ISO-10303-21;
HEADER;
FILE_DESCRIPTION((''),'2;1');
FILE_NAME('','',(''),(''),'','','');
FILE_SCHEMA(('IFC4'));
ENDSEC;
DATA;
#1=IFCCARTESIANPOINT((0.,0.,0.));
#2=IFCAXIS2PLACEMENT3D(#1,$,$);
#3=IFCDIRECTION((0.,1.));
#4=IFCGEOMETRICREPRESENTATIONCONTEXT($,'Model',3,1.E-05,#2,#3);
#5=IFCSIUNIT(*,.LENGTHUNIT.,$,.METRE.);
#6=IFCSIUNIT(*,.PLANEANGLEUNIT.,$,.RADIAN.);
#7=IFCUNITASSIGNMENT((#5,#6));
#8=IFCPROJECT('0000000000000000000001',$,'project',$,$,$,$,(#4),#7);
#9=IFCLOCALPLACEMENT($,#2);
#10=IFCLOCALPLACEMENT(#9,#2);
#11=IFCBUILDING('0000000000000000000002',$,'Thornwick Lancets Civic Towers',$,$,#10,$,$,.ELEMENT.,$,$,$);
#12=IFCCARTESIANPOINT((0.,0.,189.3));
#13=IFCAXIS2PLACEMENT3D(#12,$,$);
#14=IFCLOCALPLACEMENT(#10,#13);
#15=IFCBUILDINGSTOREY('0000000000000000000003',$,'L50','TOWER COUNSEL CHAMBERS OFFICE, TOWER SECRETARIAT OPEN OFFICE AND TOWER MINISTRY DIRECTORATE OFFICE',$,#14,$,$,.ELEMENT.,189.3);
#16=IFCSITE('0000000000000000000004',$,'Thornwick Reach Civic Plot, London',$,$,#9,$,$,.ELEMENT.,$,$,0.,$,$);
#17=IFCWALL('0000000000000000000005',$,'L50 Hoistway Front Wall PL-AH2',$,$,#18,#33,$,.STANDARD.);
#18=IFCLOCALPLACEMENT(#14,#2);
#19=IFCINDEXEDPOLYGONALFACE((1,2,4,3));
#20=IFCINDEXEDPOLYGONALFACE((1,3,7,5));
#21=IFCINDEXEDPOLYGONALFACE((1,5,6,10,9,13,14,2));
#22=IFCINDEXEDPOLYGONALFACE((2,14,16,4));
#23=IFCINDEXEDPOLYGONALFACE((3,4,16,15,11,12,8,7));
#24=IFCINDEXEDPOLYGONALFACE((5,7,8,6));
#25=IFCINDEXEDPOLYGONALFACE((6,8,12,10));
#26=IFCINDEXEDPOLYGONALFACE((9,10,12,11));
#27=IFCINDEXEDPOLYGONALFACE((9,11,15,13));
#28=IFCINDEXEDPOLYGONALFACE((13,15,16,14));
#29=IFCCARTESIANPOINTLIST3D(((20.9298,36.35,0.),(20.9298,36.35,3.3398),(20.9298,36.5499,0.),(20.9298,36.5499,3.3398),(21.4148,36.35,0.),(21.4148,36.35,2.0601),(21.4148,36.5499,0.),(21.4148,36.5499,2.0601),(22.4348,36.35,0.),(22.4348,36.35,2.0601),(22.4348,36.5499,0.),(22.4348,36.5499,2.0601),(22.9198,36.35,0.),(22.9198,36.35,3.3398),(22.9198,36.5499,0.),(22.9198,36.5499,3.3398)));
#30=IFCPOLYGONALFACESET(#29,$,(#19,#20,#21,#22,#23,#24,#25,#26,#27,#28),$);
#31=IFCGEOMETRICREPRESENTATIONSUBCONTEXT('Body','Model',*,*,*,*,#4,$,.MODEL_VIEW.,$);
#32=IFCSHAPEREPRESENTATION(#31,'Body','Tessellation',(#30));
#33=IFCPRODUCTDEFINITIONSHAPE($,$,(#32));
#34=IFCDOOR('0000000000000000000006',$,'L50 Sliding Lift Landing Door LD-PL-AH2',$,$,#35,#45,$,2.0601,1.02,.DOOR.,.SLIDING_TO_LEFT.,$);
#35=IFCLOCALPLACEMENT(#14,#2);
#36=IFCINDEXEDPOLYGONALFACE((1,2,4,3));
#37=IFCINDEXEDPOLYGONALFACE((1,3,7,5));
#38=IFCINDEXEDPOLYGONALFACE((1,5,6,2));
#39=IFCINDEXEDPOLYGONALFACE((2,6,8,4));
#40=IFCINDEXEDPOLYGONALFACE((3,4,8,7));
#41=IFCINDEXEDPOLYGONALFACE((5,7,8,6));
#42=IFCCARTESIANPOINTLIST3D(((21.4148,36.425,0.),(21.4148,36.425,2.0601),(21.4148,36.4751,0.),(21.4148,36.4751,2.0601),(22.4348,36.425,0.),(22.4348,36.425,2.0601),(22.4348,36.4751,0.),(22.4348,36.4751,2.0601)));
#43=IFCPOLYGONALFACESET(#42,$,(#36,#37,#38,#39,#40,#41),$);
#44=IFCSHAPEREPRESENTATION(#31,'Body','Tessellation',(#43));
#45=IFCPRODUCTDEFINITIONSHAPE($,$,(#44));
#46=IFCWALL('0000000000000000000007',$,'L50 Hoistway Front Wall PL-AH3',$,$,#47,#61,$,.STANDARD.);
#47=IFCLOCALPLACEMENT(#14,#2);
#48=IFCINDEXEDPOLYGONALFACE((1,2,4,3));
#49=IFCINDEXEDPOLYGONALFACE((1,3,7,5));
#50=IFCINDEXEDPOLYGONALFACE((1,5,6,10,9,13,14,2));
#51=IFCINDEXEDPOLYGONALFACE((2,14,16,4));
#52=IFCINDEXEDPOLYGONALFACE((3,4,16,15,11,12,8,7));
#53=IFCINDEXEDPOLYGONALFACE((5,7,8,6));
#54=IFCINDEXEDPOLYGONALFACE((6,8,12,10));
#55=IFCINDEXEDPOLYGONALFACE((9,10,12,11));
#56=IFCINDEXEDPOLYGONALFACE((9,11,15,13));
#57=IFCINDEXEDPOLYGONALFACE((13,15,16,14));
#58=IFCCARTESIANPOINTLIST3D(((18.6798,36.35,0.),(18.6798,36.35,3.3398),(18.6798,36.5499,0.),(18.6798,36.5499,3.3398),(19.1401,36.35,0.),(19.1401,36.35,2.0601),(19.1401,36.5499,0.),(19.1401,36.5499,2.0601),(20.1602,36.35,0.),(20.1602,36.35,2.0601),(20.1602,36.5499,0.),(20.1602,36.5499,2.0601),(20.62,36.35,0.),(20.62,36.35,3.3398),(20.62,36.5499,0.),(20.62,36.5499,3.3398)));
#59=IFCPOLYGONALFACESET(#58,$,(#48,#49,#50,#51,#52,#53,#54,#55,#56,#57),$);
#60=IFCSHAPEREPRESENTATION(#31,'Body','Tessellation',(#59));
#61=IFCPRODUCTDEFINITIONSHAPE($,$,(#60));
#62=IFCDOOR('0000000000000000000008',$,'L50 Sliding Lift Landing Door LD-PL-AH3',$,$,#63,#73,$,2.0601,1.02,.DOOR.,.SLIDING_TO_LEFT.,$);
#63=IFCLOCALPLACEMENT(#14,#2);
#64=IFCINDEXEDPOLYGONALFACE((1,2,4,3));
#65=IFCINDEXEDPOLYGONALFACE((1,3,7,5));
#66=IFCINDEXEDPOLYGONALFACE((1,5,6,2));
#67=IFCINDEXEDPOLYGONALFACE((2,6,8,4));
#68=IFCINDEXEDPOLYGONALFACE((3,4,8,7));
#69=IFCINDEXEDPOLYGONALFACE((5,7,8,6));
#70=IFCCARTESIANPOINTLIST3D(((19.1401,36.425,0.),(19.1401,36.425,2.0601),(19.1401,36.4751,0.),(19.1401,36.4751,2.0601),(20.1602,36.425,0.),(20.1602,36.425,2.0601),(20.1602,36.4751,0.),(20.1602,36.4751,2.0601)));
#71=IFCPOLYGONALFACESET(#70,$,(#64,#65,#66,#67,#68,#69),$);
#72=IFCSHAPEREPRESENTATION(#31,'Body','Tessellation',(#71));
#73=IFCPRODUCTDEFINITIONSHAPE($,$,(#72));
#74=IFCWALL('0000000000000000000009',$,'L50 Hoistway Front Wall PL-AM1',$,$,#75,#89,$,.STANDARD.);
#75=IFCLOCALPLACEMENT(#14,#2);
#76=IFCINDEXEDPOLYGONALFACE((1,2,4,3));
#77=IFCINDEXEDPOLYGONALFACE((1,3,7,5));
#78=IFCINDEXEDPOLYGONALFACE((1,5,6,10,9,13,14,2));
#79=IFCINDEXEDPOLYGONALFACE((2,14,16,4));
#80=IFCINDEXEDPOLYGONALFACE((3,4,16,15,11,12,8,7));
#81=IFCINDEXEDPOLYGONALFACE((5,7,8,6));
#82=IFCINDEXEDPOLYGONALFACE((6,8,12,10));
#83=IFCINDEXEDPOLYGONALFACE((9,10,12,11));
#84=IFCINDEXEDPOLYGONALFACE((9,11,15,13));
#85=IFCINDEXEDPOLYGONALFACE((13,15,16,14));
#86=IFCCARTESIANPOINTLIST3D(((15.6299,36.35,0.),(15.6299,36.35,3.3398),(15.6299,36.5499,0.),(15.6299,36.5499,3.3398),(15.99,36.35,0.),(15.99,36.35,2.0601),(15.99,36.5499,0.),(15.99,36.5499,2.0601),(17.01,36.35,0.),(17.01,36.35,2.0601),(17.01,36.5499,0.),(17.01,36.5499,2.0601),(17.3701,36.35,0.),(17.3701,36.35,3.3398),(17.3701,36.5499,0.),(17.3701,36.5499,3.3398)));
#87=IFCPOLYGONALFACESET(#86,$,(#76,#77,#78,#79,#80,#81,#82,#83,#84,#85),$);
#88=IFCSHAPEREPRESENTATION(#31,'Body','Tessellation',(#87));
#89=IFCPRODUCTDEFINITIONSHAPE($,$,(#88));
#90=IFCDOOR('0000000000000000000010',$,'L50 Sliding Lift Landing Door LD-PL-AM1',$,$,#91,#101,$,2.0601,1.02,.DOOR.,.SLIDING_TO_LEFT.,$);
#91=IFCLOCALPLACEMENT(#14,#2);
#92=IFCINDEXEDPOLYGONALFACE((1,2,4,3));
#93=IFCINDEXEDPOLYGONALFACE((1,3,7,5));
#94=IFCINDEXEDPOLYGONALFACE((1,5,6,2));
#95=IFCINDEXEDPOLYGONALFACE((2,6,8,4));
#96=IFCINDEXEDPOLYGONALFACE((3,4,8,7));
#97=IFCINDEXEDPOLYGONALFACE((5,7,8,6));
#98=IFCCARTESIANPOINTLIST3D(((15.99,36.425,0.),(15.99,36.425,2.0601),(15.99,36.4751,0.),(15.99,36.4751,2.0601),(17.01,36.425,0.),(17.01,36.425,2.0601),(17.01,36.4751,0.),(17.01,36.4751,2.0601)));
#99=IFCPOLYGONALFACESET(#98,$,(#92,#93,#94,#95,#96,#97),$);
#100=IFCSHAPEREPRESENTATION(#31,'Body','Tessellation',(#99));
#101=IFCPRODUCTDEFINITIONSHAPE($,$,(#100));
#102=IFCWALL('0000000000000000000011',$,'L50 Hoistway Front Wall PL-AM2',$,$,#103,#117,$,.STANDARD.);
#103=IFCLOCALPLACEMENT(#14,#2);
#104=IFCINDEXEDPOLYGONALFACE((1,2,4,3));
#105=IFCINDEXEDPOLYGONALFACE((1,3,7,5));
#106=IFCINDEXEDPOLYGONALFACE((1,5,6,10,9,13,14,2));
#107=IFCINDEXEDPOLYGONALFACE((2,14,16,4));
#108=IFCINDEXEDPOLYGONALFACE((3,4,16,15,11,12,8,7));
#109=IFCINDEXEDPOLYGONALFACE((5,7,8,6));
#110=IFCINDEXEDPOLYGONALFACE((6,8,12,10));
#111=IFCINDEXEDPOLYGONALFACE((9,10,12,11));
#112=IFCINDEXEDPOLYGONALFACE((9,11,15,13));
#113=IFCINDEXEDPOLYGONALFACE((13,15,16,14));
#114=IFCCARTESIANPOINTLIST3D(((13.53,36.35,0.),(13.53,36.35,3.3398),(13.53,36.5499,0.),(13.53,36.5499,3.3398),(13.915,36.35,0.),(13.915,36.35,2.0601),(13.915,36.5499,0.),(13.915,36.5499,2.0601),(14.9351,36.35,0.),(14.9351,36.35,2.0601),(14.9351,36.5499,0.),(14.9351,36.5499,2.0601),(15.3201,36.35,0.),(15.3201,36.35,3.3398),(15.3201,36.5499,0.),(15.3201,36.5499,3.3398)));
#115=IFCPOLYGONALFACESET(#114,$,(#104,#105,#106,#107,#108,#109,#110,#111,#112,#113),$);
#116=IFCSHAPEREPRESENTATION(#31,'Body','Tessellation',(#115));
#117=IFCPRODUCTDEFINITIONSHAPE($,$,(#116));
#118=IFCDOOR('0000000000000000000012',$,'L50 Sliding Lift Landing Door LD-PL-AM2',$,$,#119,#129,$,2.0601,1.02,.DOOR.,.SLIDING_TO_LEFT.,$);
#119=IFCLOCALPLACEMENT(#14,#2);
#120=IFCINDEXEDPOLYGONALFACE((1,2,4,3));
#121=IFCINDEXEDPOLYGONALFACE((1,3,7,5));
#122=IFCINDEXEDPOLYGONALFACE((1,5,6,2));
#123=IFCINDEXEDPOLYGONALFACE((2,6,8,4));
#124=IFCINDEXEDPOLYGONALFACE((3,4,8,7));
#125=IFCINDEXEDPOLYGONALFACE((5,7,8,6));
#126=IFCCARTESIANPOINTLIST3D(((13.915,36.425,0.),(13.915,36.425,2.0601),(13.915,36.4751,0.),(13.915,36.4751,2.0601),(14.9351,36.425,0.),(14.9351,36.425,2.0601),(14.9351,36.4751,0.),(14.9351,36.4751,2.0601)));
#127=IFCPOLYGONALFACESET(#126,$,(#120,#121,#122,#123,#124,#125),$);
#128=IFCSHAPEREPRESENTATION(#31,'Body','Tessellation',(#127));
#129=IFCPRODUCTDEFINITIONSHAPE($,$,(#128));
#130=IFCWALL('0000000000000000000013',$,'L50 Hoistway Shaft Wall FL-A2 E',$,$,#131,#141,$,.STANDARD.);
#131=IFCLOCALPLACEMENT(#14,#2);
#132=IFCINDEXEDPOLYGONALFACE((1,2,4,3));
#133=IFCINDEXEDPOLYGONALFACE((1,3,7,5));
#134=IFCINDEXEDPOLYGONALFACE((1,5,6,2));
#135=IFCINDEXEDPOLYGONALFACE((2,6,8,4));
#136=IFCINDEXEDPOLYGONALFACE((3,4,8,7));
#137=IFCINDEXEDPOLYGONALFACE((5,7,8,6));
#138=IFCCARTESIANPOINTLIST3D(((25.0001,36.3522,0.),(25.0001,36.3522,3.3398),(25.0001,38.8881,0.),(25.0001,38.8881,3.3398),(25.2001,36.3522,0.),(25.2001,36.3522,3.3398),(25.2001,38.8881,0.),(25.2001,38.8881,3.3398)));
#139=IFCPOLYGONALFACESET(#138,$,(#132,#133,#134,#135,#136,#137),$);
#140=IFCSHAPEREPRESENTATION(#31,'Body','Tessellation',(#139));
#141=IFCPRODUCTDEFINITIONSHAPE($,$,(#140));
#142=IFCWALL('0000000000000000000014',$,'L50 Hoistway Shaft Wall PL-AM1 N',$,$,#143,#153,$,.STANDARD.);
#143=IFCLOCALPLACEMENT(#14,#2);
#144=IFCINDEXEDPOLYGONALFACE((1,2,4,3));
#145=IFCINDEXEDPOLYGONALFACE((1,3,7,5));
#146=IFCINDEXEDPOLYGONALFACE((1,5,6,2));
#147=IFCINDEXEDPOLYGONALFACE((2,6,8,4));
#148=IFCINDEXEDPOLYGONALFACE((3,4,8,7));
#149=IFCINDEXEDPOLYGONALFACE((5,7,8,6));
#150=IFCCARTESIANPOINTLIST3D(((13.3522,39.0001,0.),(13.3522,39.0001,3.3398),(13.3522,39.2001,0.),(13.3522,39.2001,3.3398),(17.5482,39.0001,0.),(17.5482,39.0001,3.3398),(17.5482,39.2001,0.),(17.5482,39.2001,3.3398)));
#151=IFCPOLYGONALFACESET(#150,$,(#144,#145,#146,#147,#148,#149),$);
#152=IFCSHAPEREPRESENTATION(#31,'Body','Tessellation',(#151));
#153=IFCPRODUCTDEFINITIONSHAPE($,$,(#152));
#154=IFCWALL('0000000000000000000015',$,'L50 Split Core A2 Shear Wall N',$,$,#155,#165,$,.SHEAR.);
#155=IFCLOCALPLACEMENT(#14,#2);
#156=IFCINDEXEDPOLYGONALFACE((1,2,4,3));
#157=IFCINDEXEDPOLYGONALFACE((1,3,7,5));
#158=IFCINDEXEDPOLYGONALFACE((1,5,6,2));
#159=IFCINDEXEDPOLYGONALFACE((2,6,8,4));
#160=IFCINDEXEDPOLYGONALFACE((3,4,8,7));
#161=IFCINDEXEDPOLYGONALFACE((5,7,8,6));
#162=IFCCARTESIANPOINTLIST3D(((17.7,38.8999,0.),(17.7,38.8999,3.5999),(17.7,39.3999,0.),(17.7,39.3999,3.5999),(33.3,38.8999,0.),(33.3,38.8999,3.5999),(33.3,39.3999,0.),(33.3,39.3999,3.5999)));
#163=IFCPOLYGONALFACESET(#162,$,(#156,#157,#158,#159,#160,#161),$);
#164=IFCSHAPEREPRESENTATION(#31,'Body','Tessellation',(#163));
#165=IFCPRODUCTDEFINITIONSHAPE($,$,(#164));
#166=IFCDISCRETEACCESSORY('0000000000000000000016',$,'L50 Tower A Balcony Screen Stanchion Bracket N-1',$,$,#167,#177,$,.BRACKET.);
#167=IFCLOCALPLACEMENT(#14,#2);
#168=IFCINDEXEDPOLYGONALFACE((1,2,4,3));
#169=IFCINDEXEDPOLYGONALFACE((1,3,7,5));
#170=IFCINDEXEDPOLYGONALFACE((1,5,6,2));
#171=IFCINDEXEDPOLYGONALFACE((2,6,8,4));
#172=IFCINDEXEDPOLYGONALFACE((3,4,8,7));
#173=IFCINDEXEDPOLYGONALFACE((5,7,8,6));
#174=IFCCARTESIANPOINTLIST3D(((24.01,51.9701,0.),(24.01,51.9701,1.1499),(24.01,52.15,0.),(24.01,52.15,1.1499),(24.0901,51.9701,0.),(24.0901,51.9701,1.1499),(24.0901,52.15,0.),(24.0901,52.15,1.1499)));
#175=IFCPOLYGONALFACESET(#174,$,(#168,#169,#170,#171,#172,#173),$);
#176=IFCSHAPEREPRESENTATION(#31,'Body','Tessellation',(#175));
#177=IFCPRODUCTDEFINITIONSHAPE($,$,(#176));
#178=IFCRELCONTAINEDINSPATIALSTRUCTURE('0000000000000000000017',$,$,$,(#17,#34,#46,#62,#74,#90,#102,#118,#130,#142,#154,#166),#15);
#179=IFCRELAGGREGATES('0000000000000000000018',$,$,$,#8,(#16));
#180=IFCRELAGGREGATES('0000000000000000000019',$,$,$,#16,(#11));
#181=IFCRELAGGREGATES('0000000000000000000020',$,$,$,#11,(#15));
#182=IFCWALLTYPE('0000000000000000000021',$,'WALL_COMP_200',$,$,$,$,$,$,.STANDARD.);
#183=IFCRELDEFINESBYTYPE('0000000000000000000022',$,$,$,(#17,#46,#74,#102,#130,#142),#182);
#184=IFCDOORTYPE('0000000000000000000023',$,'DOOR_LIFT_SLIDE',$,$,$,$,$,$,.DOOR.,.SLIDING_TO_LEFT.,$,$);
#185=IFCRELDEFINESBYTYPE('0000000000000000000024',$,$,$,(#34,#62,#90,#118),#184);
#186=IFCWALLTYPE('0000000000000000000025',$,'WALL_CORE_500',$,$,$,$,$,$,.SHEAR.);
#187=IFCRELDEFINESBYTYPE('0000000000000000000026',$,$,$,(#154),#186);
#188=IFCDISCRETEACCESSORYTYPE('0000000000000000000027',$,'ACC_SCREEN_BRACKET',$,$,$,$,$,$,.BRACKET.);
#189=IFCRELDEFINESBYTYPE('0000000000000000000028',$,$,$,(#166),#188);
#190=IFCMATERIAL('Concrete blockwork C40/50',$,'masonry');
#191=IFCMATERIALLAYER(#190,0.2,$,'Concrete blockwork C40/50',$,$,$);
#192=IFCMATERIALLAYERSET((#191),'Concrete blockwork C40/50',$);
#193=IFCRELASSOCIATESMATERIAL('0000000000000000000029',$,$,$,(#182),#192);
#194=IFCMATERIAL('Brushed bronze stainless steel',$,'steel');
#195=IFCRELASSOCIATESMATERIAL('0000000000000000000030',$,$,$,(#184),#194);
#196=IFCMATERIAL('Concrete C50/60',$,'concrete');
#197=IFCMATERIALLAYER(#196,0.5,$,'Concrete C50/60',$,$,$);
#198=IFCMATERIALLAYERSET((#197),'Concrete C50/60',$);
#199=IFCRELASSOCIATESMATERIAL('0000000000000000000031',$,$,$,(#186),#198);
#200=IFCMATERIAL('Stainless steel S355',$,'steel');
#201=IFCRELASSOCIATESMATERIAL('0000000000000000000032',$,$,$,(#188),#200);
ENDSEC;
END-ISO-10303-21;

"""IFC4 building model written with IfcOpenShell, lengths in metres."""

from ifc_helpers import new_model, si_unit, direction, frame, frame_2d, origin, origin_2d, place, context, subcontext, project, spatial, rectangle, extrude, material, layer, layer_set, type_object, element, fill, save


model = new_model("IFC4")

# Units and contexts
model_context = context("Model", 3, precision=1e-05, world=origin(), true_north=direction((0.0, 1.0)))
body_context = subcontext(model_context, "Body", "Model", "MODEL_VIEW")
ifc_project = project(units=[si_unit("LENGTHUNIT", "METRE"), si_unit("PLANEANGLEUNIT", "RADIAN")], contexts=[model_context])

# Site, building, storey
site_placement = place(None, origin())
site = spatial("IfcSite", under=ifc_project, at=site_placement, Name="Thornwick Reach Civic Plot, London", CompositionType="ELEMENT", RefElevation=0.0)
building_placement = place(site_placement, origin())
building = spatial("IfcBuilding", under=site, at=building_placement, Name="Thornwick Lancets Civic Towers", CompositionType="ELEMENT")
storey_placement = place(building_placement, frame((0.0, 0.0, 189.3)))
storey = spatial("IfcBuildingStorey", under=building, at=storey_placement, Name="L50", Description="TOWER COUNSEL CHAMBERS OFFICE, TOWER SECRETARIAT OPEN OFFICE AND TOWER MINISTRY DIRECTORATE OFFICE", CompositionType="ELEMENT", Elevation=189.3)

# Shared definitions
ifc_material_1 = material(Name="Concrete C50/60", Category="concrete")

# Walls, openings, doors
ifc_material_2 = material(Name="Concrete blockwork C40/50", Category="masonry")
ifc_layer_1 = layer(ifc_material_2, 0.2, Name="Concrete blockwork C40/50")
ifc_layer_set_1 = layer_set([ifc_layer_1], Name="Concrete blockwork C40/50")
wall_type_1 = type_object("IfcWallType", Name="WALL_COMP_200", PredefinedType="STANDARD", material=ifc_layer_set_1)
ifc_material_3 = material(Name="Brushed bronze stainless steel", Category="steel")
door_type = type_object("IfcDoorType", Name="DOOR_LIFT_SLIDE", OperationType="SLIDING_TO_LEFT", PredefinedType="DOOR", material=ifc_material_3)
wall_1_placement = place(storey_placement, frame((22.9199, 36.45, 0.0), z_axis=(0.0, 0.0, 1.0), x_axis=(-1.0, 0.0, 0.0)))
wall_1 = element("IfcWall", 1, at=wall_1_placement, inside=storey, type_object=wall_type_1, Name="L50 Hoistway Front Wall PL-AH2", PredefinedType="STANDARD", context=body_context, shape_type="SweptSolid", body=[
    extrude(rectangle(XDim=1.99, YDim=0.2, at=frame_2d((0.9951, 0.0))), origin(), (0.0, 0.0, 1.0), 3.3398),
])
opening_1_placement = place(wall_1_placement, frame((0.4851, 0.0, 0.0)))
opening_1 = element("IfcOpeningElement", 2, at=opening_1_placement, cuts=wall_1, PredefinedType="OPENING", context=body_context, shape_type="SweptSolid", body=[
    extrude(rectangle(XDim=1.02, YDim=2.0601, at=frame_2d((0.51, 1.03))), frame((0.0, 0.1099, 0.0), z_axis=(0.0, -1.0, 0.0), x_axis=(1.0, 0.0, 0.0)), (0.0, 0.0, 1.0), 0.22),
])
door_1_placement = place(opening_1_placement, origin())
door_1 = element("IfcDoor", 3, at=door_1_placement, inside=storey, type_object=door_type, Name="L50 Sliding Lift Landing Door LD-PL-AH2", OperationType="SLIDING_TO_LEFT", OverallHeight=2.0601, OverallWidth=1.02, PredefinedType="DOOR", context=body_context, shape_type="SweptSolid", body=[
    extrude(rectangle(XDim=1.02, YDim=2.0601, at=frame_2d((0.51, 1.03))), frame((0.0, 0.0249, 0.0), z_axis=(0.0, -1.0, 0.0), x_axis=(1.0, 0.0, 0.0)), (0.0, 0.0, 1.0), 0.05),
])
fill(opening_1, door_1)
wall_2_placement = place(storey_placement, frame((20.6201, 36.45, 0.0), z_axis=(0.0, 0.0, 1.0), x_axis=(-1.0, 0.0, 0.0)))
wall_2 = element("IfcWall", 4, at=wall_2_placement, inside=storey, type_object=wall_type_1, Name="L50 Hoistway Front Wall PL-AH3", PredefinedType="STANDARD", context=body_context, shape_type="SweptSolid", body=[
    extrude(rectangle(XDim=1.9402, YDim=0.2, at=frame_2d((0.9702, 0.0))), origin(), (0.0, 0.0, 1.0), 3.3398),
])
opening_2_placement = place(wall_2_placement, frame((0.46, 0.0, 0.0)))
opening_2 = element("IfcOpeningElement", 5, at=opening_2_placement, cuts=wall_2, PredefinedType="OPENING", context=body_context, shape_type="SweptSolid", body=[
    extrude(rectangle(XDim=1.02, YDim=2.0601, at=frame_2d((0.51, 1.03))), frame((0.0, 0.1099, 0.0), z_axis=(0.0, -1.0, 0.0), x_axis=(1.0, 0.0, 0.0)), (0.0, 0.0, 1.0), 0.22),
])
door_2_placement = place(opening_2_placement, origin())
door_2 = element("IfcDoor", 6, at=door_2_placement, inside=storey, type_object=door_type, Name="L50 Sliding Lift Landing Door LD-PL-AH3", OperationType="SLIDING_TO_LEFT", OverallHeight=2.0601, OverallWidth=1.02, PredefinedType="DOOR", context=body_context, shape_type="SweptSolid", body=[
    extrude(rectangle(XDim=1.02, YDim=2.0601, at=frame_2d((0.51, 1.03))), frame((0.0, 0.0249, 0.0), z_axis=(0.0, -1.0, 0.0), x_axis=(1.0, 0.0, 0.0)), (0.0, 0.0, 1.0), 0.05),
])
fill(opening_2, door_2)
wall_3_placement = place(storey_placement, frame((17.3701, 36.45, 0.0), z_axis=(0.0, 0.0, 1.0), x_axis=(-1.0, 0.0, 0.0)))
wall_3 = element("IfcWall", 7, at=wall_3_placement, inside=storey, type_object=wall_type_1, Name="L50 Hoistway Front Wall PL-AM1", PredefinedType="STANDARD", context=body_context, shape_type="SweptSolid", body=[
    extrude(rectangle(XDim=1.7402, YDim=0.2, at=frame_2d((0.8701, 0.0))), origin(), (0.0, 0.0, 1.0), 3.3398),
])
opening_3_placement = place(wall_3_placement, frame((0.3601, 0.0, 0.0)))
opening_3 = element("IfcOpeningElement", 8, at=opening_3_placement, cuts=wall_3, PredefinedType="OPENING", context=body_context, shape_type="SweptSolid", body=[
    extrude(rectangle(XDim=1.02, YDim=2.0601, at=frame_2d((0.51, 1.03))), frame((0.0, 0.1099, 0.0), z_axis=(0.0, -1.0, 0.0), x_axis=(1.0, 0.0, 0.0)), (0.0, 0.0, 1.0), 0.22),
])
door_3_placement = place(opening_3_placement, origin())
door_3 = element("IfcDoor", 9, at=door_3_placement, inside=storey, type_object=door_type, Name="L50 Sliding Lift Landing Door LD-PL-AM1", OperationType="SLIDING_TO_LEFT", OverallHeight=2.0601, OverallWidth=1.02, PredefinedType="DOOR", context=body_context, shape_type="SweptSolid", body=[
    extrude(rectangle(XDim=1.02, YDim=2.0601, at=frame_2d((0.51, 1.03))), frame((0.0, 0.0249, 0.0), z_axis=(0.0, -1.0, 0.0), x_axis=(1.0, 0.0, 0.0)), (0.0, 0.0, 1.0), 0.05),
])
fill(opening_3, door_3)
wall_4_placement = place(storey_placement, frame((15.3201, 36.45, 0.0), z_axis=(0.0, 0.0, 1.0), x_axis=(-1.0, 0.0, 0.0)))
wall_4 = element("IfcWall", 10, at=wall_4_placement, inside=storey, type_object=wall_type_1, Name="L50 Hoistway Front Wall PL-AM2", PredefinedType="STANDARD", context=body_context, shape_type="SweptSolid", body=[
    extrude(rectangle(XDim=1.79, YDim=0.2, at=frame_2d((0.895, 0.0))), origin(), (0.0, 0.0, 1.0), 3.3398),
])
opening_4_placement = place(wall_4_placement, frame((0.385, 0.0, 0.0)))
opening_4 = element("IfcOpeningElement", 11, at=opening_4_placement, cuts=wall_4, PredefinedType="OPENING", context=body_context, shape_type="SweptSolid", body=[
    extrude(rectangle(XDim=1.02, YDim=2.0601, at=frame_2d((0.51, 1.03))), frame((0.0, 0.1099, 0.0), z_axis=(0.0, -1.0, 0.0), x_axis=(1.0, 0.0, 0.0)), (0.0, 0.0, 1.0), 0.22),
])
door_4_placement = place(opening_4_placement, origin())
door_4 = element("IfcDoor", 12, at=door_4_placement, inside=storey, type_object=door_type, Name="L50 Sliding Lift Landing Door LD-PL-AM2", OperationType="SLIDING_TO_LEFT", OverallHeight=2.0601, OverallWidth=1.02, PredefinedType="DOOR", context=body_context, shape_type="SweptSolid", body=[
    extrude(rectangle(XDim=1.02, YDim=2.0601, at=frame_2d((0.51, 1.03))), frame((0.0, 0.0249, 0.0), z_axis=(0.0, -1.0, 0.0), x_axis=(1.0, 0.0, 0.0)), (0.0, 0.0, 1.0), 0.05),
])
fill(opening_4, door_4)

# Walls
wall_5_placement = place(storey_placement, frame((25.1001, 36.3521, 0.0), z_axis=(0.0, 0.0, 1.0), x_axis=(0.0, 1.0, 0.0)))
element("IfcWall", 13, at=wall_5_placement, inside=storey, type_object=wall_type_1, Name="L50 Hoistway Shaft Wall FL-A2 E", PredefinedType="STANDARD", context=body_context, shape_type="SweptSolid", body=[
    extrude(rectangle(XDim=2.5359, YDim=0.2, at=frame_2d((1.2681, 0.0))), origin(), (0.0, 0.0, 1.0), 3.3398),
])
wall_6_placement = place(storey_placement, frame((13.3521, 39.1001, 0.0), z_axis=(0.0, 0.0, 1.0), x_axis=(1.0, 0.0, 0.0)))
element("IfcWall", 14, at=wall_6_placement, inside=storey, type_object=wall_type_1, Name="L50 Hoistway Shaft Wall PL-AM1 N", PredefinedType="STANDARD", context=body_context, shape_type="SweptSolid", body=[
    extrude(rectangle(XDim=4.196, YDim=0.2, at=frame_2d((2.0981, 0.0))), origin(), (0.0, 0.0, 1.0), 3.3398),
])
ifc_layer_2 = layer(ifc_material_1, 0.5, Name="Concrete C50/60")
ifc_layer_set_2 = layer_set([ifc_layer_2], Name="Concrete C50/60")
wall_type_2 = type_object("IfcWallType", Name="WALL_CORE_500", PredefinedType="SHEAR", material=ifc_layer_set_2)
wall_7_placement = place(storey_placement, frame((17.7, 39.1499, 0.0), z_axis=(0.0, 0.0, 1.0), x_axis=(1.0, 0.0, 0.0)))
element("IfcWall", 15, at=wall_7_placement, inside=storey, type_object=wall_type_2, Name="L50 Split Core A2 Shear Wall N", PredefinedType="SHEAR", context=body_context, shape_type="SweptSolid", body=[
    extrude(rectangle(XDim=15.6001, YDim=0.5, at=frame_2d((7.8, 0.0))), origin(), (0.0, 0.0, 1.0), 3.5999),
])

# Discrete accessory
ifc_material_4 = material(Name="Stainless steel S355", Category="steel")
discrete_accessory_type = type_object("IfcDiscreteAccessoryType", Name="ACC_SCREEN_BRACKET", PredefinedType="BRACKET", material=ifc_material_4)
discrete_accessory_placement = place(storey_placement, frame((24.05, 52.0601, 0.0), z_axis=(0.0, 0.0, 1.0), x_axis=(1.0, 0.0, 0.0)))
element("IfcDiscreteAccessory", 16, at=discrete_accessory_placement, inside=storey, type_object=discrete_accessory_type, Name="L50 Tower A Balcony Screen Stanchion Bracket N-1", PredefinedType="BRACKET", context=body_context, shape_type="SweptSolid", body=[
    extrude(rectangle(XDim=0.0801, YDim=0.1799, at=origin_2d()), origin(), (0.0, 0.0, 1.0), 1.1499),
])

save(model, "model.ifc")
